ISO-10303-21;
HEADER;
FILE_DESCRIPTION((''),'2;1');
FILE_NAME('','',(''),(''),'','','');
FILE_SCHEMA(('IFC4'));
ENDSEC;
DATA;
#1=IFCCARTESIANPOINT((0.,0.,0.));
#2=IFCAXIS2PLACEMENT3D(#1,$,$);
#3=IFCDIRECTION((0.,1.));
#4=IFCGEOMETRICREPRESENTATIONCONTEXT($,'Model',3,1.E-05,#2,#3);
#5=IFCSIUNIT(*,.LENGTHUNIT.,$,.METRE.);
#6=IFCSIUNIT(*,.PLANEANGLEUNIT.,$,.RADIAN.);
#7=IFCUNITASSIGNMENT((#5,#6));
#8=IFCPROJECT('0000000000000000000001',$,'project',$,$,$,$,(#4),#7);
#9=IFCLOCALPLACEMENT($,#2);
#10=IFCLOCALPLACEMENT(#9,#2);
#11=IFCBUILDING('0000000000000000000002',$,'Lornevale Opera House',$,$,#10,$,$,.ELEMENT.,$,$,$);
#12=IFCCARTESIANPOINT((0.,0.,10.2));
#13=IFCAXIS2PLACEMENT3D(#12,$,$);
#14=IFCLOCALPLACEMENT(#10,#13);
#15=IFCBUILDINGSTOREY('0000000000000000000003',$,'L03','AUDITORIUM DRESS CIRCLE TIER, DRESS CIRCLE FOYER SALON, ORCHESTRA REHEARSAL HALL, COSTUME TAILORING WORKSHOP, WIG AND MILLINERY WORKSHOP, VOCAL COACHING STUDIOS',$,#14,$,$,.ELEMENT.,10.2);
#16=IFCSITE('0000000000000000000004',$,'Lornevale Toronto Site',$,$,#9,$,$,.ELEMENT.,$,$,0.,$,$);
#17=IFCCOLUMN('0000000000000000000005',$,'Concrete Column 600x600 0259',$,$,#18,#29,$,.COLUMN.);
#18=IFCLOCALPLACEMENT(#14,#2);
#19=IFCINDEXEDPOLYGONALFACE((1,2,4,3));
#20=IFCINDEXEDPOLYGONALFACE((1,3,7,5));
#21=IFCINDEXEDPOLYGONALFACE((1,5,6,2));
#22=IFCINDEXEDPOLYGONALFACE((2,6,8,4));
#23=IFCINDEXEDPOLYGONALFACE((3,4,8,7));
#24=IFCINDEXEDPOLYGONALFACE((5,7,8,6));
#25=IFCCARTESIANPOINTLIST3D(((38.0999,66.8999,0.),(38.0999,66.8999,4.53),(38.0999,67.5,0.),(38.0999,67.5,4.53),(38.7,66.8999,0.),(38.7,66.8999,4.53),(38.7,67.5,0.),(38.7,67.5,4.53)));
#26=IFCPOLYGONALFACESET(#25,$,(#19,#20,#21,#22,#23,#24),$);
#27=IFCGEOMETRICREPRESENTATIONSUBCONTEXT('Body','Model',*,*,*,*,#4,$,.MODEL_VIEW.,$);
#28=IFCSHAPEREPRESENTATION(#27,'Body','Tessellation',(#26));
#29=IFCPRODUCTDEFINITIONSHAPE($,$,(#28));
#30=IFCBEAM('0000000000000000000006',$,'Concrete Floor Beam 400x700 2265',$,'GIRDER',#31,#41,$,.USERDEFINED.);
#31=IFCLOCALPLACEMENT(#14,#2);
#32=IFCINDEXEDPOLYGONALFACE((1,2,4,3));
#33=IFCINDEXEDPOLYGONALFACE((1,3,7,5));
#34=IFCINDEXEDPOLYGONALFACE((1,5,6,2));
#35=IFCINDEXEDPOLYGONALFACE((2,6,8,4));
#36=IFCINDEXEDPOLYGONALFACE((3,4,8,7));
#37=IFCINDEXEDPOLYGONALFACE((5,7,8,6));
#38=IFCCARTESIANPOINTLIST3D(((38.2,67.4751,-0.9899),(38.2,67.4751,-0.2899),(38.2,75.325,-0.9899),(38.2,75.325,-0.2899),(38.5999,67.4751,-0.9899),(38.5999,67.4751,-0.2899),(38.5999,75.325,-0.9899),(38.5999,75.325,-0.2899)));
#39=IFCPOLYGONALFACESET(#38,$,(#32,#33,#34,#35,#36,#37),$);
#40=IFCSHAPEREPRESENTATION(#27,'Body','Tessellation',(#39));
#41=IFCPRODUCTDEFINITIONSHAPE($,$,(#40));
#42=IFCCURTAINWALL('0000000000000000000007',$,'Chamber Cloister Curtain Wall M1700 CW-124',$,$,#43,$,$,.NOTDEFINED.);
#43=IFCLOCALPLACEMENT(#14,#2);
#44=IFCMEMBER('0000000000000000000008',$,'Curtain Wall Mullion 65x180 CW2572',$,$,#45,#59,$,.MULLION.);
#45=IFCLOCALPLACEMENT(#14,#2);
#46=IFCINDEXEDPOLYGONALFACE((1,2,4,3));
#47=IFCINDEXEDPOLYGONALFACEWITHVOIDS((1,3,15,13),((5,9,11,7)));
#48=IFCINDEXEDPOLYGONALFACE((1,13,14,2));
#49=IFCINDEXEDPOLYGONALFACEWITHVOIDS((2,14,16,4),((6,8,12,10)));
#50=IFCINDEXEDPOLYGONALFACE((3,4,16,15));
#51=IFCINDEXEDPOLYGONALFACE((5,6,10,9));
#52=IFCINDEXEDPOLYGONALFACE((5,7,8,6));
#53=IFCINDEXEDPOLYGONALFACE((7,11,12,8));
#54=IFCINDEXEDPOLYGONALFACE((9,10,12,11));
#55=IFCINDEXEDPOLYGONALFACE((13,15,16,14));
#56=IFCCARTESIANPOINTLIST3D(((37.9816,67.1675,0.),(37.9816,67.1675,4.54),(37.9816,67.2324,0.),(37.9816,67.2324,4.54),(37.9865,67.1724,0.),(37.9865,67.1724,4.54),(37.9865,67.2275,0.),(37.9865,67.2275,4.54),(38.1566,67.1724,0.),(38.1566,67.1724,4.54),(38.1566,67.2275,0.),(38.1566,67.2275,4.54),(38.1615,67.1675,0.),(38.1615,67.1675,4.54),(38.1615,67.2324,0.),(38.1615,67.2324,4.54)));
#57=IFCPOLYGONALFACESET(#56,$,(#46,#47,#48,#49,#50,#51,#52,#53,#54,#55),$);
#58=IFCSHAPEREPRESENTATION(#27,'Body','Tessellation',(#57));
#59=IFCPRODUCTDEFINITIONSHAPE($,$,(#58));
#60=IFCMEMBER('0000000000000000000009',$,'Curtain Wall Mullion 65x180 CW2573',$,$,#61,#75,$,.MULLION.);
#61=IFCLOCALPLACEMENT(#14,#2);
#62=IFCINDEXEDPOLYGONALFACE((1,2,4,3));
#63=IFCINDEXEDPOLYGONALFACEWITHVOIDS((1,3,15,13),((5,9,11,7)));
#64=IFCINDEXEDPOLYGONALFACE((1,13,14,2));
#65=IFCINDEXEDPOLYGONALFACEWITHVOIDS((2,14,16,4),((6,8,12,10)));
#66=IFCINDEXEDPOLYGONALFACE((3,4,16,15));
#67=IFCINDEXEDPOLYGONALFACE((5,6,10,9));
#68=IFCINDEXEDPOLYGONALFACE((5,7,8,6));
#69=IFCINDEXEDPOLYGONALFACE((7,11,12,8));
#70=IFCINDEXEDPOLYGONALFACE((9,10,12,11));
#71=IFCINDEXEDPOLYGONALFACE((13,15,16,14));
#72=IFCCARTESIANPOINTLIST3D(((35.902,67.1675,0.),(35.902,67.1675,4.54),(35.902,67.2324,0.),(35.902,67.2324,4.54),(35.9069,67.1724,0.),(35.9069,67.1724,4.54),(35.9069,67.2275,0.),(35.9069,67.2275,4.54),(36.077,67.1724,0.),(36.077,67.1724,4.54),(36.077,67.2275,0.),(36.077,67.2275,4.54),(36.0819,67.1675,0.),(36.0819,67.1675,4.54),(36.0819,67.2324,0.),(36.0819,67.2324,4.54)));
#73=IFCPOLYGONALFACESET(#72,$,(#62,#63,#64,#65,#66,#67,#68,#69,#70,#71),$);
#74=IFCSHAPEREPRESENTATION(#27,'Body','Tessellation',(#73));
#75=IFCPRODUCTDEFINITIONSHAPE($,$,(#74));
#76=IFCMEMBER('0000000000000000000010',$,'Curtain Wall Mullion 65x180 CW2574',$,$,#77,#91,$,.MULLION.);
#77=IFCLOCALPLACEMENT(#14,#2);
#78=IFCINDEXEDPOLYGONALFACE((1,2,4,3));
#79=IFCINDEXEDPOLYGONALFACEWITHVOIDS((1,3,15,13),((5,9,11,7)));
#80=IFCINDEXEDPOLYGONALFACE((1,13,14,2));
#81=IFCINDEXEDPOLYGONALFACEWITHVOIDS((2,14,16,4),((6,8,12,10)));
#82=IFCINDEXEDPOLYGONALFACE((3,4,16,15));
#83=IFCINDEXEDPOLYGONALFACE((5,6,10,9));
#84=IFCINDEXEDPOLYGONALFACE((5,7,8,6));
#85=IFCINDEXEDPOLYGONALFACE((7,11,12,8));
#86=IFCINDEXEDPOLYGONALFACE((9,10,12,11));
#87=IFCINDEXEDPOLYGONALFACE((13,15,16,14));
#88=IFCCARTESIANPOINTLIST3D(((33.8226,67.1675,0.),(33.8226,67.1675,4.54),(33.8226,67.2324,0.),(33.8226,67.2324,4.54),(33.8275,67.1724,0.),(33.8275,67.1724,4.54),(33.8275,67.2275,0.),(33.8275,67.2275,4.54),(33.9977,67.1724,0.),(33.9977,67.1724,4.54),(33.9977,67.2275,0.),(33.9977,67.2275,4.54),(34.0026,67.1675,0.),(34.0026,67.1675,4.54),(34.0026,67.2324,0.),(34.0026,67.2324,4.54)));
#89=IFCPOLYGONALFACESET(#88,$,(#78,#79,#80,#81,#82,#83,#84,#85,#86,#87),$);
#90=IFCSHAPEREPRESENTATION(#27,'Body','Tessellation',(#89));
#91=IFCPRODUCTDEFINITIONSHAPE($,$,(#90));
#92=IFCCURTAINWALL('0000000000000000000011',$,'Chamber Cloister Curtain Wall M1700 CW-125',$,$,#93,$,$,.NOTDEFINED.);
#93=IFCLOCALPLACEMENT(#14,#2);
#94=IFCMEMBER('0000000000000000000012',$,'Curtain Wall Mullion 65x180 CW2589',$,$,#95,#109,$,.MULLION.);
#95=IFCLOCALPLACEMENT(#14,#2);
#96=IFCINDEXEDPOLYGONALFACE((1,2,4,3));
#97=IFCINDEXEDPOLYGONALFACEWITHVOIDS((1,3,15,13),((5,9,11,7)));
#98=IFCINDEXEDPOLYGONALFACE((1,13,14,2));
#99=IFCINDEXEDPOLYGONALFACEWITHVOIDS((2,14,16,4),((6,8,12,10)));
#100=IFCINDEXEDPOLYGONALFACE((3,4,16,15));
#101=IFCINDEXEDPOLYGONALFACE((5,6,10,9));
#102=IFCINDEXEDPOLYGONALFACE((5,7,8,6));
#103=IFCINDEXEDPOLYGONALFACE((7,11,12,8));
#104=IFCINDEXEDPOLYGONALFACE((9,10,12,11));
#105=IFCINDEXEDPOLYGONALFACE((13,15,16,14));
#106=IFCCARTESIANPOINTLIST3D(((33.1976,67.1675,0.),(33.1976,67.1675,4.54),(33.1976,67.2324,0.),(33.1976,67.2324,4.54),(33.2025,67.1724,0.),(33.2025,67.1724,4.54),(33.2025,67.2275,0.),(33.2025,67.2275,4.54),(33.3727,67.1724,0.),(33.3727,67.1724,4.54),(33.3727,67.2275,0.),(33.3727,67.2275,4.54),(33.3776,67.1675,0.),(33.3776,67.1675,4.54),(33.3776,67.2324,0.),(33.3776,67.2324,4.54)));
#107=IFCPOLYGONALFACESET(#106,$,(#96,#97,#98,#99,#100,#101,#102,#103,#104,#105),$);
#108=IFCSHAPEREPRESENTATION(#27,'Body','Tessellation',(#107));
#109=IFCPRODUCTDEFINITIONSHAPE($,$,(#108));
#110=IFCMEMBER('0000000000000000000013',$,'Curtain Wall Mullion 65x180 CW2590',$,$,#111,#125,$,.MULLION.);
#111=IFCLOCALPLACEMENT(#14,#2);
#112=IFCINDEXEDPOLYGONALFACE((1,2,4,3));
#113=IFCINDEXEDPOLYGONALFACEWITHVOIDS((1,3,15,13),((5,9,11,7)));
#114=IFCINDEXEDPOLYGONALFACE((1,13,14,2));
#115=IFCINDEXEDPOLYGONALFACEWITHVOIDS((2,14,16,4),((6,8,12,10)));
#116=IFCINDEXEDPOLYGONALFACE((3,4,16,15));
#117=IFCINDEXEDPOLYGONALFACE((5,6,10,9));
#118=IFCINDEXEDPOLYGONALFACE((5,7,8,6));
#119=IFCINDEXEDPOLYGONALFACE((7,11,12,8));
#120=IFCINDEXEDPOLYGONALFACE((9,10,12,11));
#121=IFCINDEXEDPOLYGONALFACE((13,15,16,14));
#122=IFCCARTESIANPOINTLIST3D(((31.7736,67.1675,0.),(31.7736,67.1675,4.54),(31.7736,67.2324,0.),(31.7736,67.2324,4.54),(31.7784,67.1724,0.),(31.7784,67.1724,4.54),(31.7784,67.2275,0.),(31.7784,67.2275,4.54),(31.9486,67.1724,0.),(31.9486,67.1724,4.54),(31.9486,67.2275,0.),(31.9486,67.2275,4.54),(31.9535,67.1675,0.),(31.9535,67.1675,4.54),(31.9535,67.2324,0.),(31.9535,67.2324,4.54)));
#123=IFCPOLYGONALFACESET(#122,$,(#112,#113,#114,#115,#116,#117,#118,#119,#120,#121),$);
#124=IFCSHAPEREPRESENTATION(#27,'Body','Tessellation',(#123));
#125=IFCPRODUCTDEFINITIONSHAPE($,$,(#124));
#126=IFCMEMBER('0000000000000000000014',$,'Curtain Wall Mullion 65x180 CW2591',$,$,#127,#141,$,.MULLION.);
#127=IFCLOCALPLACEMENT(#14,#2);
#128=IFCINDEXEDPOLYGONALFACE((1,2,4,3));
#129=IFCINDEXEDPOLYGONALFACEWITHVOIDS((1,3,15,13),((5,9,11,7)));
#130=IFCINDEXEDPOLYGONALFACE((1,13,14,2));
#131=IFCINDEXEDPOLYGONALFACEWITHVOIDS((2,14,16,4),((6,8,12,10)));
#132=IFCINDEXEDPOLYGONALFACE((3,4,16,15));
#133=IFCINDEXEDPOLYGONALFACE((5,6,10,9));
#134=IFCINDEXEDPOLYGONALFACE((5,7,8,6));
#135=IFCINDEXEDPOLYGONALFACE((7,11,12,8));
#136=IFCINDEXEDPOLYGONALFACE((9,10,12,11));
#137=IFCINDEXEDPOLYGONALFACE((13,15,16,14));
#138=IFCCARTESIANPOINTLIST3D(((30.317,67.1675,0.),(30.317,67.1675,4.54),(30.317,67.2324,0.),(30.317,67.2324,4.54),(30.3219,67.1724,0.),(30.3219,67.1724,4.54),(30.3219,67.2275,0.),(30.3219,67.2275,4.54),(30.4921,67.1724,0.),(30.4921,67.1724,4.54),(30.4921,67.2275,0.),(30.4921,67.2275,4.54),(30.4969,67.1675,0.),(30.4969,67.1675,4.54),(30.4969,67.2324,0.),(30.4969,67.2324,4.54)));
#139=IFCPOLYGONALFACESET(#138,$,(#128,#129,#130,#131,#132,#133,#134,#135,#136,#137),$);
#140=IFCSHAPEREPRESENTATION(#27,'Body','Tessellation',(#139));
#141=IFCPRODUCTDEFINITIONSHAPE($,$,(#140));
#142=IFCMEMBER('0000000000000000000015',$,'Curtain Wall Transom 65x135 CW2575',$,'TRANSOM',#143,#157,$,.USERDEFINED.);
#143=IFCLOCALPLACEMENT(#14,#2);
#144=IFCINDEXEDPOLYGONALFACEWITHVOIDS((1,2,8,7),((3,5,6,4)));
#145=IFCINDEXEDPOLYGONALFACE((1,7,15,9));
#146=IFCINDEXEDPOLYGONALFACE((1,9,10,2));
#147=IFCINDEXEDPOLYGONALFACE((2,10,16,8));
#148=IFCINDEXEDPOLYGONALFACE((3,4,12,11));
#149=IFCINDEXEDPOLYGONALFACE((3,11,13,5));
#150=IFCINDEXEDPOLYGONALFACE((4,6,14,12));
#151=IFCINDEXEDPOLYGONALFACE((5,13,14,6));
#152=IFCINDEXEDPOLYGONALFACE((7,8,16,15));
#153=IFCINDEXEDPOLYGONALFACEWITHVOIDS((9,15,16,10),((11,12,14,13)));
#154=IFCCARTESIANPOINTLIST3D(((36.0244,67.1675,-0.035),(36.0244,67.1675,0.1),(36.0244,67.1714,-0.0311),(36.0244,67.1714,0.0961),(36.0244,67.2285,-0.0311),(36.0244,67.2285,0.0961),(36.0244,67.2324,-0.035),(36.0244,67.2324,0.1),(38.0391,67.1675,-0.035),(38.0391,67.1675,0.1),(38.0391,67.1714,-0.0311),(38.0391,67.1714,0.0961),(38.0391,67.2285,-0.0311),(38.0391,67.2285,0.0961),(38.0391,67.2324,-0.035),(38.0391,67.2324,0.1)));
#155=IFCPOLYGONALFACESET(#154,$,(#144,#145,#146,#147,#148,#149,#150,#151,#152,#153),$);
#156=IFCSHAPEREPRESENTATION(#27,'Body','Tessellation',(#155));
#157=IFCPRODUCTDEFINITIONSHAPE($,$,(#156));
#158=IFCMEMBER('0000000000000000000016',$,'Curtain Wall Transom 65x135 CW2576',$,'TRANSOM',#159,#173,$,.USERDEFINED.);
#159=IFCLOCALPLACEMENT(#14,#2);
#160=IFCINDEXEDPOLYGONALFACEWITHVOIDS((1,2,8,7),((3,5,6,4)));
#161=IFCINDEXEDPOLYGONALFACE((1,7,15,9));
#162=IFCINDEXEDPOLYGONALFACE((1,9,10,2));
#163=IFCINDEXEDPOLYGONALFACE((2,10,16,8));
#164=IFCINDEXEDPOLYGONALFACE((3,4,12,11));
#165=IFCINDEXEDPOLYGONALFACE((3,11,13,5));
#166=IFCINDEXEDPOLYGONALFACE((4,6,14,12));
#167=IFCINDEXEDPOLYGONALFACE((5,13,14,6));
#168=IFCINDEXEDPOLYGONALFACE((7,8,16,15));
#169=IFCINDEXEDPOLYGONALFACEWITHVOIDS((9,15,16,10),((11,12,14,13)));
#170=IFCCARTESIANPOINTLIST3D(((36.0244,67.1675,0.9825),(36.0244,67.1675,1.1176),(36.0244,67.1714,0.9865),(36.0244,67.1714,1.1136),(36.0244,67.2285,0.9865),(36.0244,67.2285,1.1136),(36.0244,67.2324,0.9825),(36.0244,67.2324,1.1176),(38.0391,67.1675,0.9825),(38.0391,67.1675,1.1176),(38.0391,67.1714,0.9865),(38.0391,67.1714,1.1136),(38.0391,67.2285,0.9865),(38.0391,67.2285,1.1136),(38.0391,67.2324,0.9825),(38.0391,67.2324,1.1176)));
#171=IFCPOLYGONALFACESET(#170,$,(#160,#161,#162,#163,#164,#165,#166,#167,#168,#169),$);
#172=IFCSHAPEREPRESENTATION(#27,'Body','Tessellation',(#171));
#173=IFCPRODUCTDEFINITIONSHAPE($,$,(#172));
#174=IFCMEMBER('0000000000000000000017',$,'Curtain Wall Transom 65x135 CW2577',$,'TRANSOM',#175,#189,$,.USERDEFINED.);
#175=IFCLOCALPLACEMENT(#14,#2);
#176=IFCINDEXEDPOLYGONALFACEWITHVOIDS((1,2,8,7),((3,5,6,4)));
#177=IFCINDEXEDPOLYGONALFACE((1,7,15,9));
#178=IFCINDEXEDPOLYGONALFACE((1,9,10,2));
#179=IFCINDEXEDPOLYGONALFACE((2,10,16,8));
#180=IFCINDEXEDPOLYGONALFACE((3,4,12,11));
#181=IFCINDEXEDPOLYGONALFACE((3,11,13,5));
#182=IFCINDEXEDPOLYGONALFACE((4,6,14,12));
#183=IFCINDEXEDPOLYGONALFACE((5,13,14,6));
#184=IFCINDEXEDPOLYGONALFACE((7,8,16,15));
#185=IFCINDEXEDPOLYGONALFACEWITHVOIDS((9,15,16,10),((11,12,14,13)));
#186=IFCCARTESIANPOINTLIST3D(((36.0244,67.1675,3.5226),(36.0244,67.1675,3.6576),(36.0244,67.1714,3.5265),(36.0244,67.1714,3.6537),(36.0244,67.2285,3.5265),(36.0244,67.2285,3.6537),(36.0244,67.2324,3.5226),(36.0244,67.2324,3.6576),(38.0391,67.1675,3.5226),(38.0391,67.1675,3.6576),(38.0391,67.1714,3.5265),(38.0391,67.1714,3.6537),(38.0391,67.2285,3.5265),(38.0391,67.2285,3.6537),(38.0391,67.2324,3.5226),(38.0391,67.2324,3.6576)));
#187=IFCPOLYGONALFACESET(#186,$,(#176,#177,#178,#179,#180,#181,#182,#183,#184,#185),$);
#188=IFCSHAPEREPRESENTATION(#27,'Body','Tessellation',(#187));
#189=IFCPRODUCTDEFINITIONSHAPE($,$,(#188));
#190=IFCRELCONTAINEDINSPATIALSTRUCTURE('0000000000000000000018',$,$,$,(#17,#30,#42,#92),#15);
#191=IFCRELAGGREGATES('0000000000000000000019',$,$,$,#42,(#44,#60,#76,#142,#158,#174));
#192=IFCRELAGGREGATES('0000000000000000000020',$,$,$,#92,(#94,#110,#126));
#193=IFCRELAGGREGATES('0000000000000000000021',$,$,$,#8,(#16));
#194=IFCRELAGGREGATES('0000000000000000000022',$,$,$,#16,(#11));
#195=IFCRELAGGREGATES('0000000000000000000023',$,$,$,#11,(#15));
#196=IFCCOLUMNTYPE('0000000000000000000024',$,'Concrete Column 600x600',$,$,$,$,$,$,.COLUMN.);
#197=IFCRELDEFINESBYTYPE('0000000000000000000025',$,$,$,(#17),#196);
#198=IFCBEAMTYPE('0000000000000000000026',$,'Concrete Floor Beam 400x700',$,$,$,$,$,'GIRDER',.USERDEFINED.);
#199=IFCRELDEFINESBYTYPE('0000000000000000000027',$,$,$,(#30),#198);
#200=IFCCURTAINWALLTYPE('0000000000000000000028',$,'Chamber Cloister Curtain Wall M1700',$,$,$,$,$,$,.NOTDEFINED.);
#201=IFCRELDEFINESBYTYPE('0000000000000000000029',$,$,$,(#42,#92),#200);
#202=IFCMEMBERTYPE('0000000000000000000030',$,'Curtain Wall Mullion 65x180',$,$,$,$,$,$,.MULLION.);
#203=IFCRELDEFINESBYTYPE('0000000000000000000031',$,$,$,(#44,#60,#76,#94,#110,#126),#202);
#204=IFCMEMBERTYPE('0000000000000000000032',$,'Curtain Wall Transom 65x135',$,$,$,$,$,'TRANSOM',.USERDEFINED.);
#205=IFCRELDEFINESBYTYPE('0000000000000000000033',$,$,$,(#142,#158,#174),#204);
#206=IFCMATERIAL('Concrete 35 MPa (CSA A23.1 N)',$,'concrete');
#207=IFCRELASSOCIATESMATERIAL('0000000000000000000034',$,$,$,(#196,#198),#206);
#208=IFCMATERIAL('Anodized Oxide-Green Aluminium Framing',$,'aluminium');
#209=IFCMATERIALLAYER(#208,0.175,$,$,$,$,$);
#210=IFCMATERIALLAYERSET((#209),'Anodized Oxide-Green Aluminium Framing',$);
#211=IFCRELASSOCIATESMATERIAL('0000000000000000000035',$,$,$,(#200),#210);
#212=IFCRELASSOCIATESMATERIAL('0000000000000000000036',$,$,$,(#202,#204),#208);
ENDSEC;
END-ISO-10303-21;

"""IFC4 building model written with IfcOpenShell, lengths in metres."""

from ifc_helpers import new_model, si_unit, direction, frame, origin, origin_2d, place, context, subcontext, project, spatial, rectangle, hollow_rectangle, extrude, material, layer, layer_set, material_profile, profile_set, type_object, element, aggregate, save


model = new_model("IFC4")

# Units and contexts
model_context = context("Model", 3, precision=1e-05, world=origin(), true_north=direction((0.0, 1.0)))
body_context = subcontext(model_context, "Body", "Model", "MODEL_VIEW")
ifc_project = project(units=[si_unit("LENGTHUNIT", "METRE"), si_unit("PLANEANGLEUNIT", "RADIAN")], contexts=[model_context])

# Site, building, storey
site_placement = place(None, origin())
site = spatial("IfcSite", under=ifc_project, at=site_placement, Name="Lornevale Toronto Site", CompositionType="ELEMENT", RefElevation=0.0)
building_placement = place(site_placement, origin())
building = spatial("IfcBuilding", under=site, at=building_placement, Name="Lornevale Opera House", CompositionType="ELEMENT")
storey_placement = place(building_placement, frame((0.0, 0.0, 10.2)))
storey = spatial("IfcBuildingStorey", under=building, at=storey_placement, Name="L03", Description="AUDITORIUM DRESS CIRCLE TIER, DRESS CIRCLE FOYER SALON, ORCHESTRA REHEARSAL HALL, COSTUME TAILORING WORKSHOP, WIG AND MILLINERY WORKSHOP, VOCAL COACHING STUDIOS", CompositionType="ELEMENT", Elevation=10.2)

# Column
ifc_material_1 = material(Name="Concrete 35 MPa (CSA A23.1 N)", Category="concrete")
ifc_material_profile_1 = material_profile(ifc_material_1, rectangle(XDim=0.6001, YDim=0.6001, at=origin_2d()), Name="RC600x600")
ifc_profile_set_1 = profile_set([ifc_material_profile_1], Name="Concrete 35 MPa (CSA A23.1 N)")
column_type = type_object("IfcColumnType", Name="Concrete Column 600x600", PredefinedType="COLUMN", material=ifc_profile_set_1)
column_placement = place(storey_placement, frame((38.3999, 67.2, 0.0), z_axis=(0.0, 0.0, 1.0), x_axis=(1.0, 0.0, 0.0)))
element("IfcColumn", 1, at=column_placement, inside=storey, type_object=column_type, Name="Concrete Column 600x600 0259", PredefinedType="COLUMN", context=body_context, shape_type="SweptSolid", body=[
    extrude(rectangle(XDim=0.6001, YDim=0.6001, at=origin_2d()), origin(), (0.0, 0.0, 1.0), 4.53),
])

# Beam
ifc_material_profile_2 = material_profile(ifc_material_1, rectangle(XDim=0.3999, YDim=0.7, at=origin_2d()), Name="RC400x700")
ifc_profile_set_2 = profile_set([ifc_material_profile_2], Name="Concrete 35 MPa (CSA A23.1 N)")
beam_type = type_object("IfcBeamType", Name="Concrete Floor Beam 400x700", ElementType="GIRDER", PredefinedType="USERDEFINED", material=ifc_profile_set_2)
beam_placement = place(storey_placement, frame((38.3999, 67.4751, -0.6399), z_axis=(0.0, 1.0, 0.0), x_axis=(-1.0, 0.0, 0.0)))
element("IfcBeam", 2, at=beam_placement, inside=storey, type_object=beam_type, Name="Concrete Floor Beam 400x700 2265", ObjectType="GIRDER", PredefinedType="USERDEFINED", context=body_context, shape_type="SweptSolid", body=[
    extrude(rectangle(XDim=0.3999, YDim=0.7, at=origin_2d()), origin(), (0.0, 0.0, 1.0), 7.8499),
])

# Curtain walls, members
ifc_material_2 = material(Name="Anodized Oxide-Green Aluminium Framing", Category="aluminium")
ifc_layer_1 = layer(ifc_material_2, 0.175)
ifc_layer_set_1 = layer_set([ifc_layer_1], Name="Anodized Oxide-Green Aluminium Framing")
curtain_wall_type = type_object("IfcCurtainWallType", Name="Chamber Cloister Curtain Wall M1700", PredefinedType="NOTDEFINED", material=ifc_layer_set_1)
curtain_wall_1_placement = place(storey_placement, origin())
curtain_wall_1 = element("IfcCurtainWall", 3, at=curtain_wall_1_placement, inside=storey, type_object=curtain_wall_type, Name="Chamber Cloister Curtain Wall M1700 CW-124", PredefinedType="NOTDEFINED")
ifc_material_profile_3 = material_profile(ifc_material_2, hollow_rectangle(XDim=0.0649, YDim=0.1799, WallThickness=0.0049, at=origin_2d()), Name="ALU65x180x5")
ifc_profile_set_3 = profile_set([ifc_material_profile_3], Name="Anodized Oxide-Green Aluminium Framing")
member_type_1 = type_object("IfcMemberType", Name="Curtain Wall Mullion 65x180", PredefinedType="MULLION", material=ifc_profile_set_3)
member_1_placement = place(storey_placement, frame((38.0715, 67.2, 0.0), z_axis=(0.0, 0.0, 1.0), x_axis=(0.0, -1.0, 0.0)))
member_1 = element("IfcMember", 4, at=member_1_placement, type_object=member_type_1, Name="Curtain Wall Mullion 65x180 CW2572", PredefinedType="MULLION", context=body_context, shape_type="SweptSolid", body=[
    extrude(hollow_rectangle(XDim=0.0649, YDim=0.1799, WallThickness=0.0049, at=origin_2d()), origin(), (0.0, 0.0, 1.0), 4.54),
])
member_2_placement = place(storey_placement, frame((35.9919, 67.2, 0.0), z_axis=(0.0, 0.0, 1.0), x_axis=(0.0, -1.0, 0.0)))
member_2 = element("IfcMember", 5, at=member_2_placement, type_object=member_type_1, Name="Curtain Wall Mullion 65x180 CW2573", PredefinedType="MULLION", context=body_context, shape_type="SweptSolid", body=[
    extrude(hollow_rectangle(XDim=0.0649, YDim=0.1799, WallThickness=0.0049, at=origin_2d()), origin(), (0.0, 0.0, 1.0), 4.54),
])
member_3_placement = place(storey_placement, frame((33.9126, 67.2, 0.0), z_axis=(0.0, 0.0, 1.0), x_axis=(0.0, -1.0, 0.0)))
member_3 = element("IfcMember", 6, at=member_3_placement, type_object=member_type_1, Name="Curtain Wall Mullion 65x180 CW2574", PredefinedType="MULLION", context=body_context, shape_type="SweptSolid", body=[
    extrude(hollow_rectangle(XDim=0.0649, YDim=0.1799, WallThickness=0.0049, at=origin_2d()), origin(), (0.0, 0.0, 1.0), 4.54),
])
curtain_wall_2_placement = place(storey_placement, origin())
curtain_wall_2 = element("IfcCurtainWall", 7, at=curtain_wall_2_placement, inside=storey, type_object=curtain_wall_type, Name="Chamber Cloister Curtain Wall M1700 CW-125", PredefinedType="NOTDEFINED")
member_4_placement = place(storey_placement, frame((33.2876, 67.2, 0.0), z_axis=(0.0, 0.0, 1.0), x_axis=(0.0, -1.0, 0.0)))
member_4 = element("IfcMember", 8, at=member_4_placement, type_object=member_type_1, Name="Curtain Wall Mullion 65x180 CW2589", PredefinedType="MULLION", context=body_context, shape_type="SweptSolid", body=[
    extrude(hollow_rectangle(XDim=0.0649, YDim=0.1799, WallThickness=0.0049, at=origin_2d()), origin(), (0.0, 0.0, 1.0), 4.54),
])
member_5_placement = place(storey_placement, frame((31.8635, 67.2, 0.0), z_axis=(0.0, 0.0, 1.0), x_axis=(0.0, -1.0, 0.0)))
member_5 = element("IfcMember", 9, at=member_5_placement, type_object=member_type_1, Name="Curtain Wall Mullion 65x180 CW2590", PredefinedType="MULLION", context=body_context, shape_type="SweptSolid", body=[
    extrude(hollow_rectangle(XDim=0.0649, YDim=0.1799, WallThickness=0.0049, at=origin_2d()), origin(), (0.0, 0.0, 1.0), 4.54),
])
member_6_placement = place(storey_placement, frame((30.407, 67.2, 0.0), z_axis=(0.0, 0.0, 1.0), x_axis=(0.0, -1.0, 0.0)))
member_6 = element("IfcMember", 10, at=member_6_placement, type_object=member_type_1, Name="Curtain Wall Mullion 65x180 CW2591", PredefinedType="MULLION", context=body_context, shape_type="SweptSolid", body=[
    extrude(hollow_rectangle(XDim=0.0649, YDim=0.1799, WallThickness=0.0049, at=origin_2d()), origin(), (0.0, 0.0, 1.0), 4.54),
])

# Members
ifc_material_profile_4 = material_profile(ifc_material_2, hollow_rectangle(XDim=0.0649, YDim=0.135, WallThickness=0.0039, at=origin_2d()), Name="ALU65x135x4")
ifc_profile_set_4 = profile_set([ifc_material_profile_4], Name="Anodized Oxide-Green Aluminium Framing")
member_type_2 = type_object("IfcMemberType", Name="Curtain Wall Transom 65x135", ElementType="TRANSOM", PredefinedType="USERDEFINED", material=ifc_profile_set_4)
member_7_placement = place(storey_placement, frame((38.0391, 67.2, 0.0325), z_axis=(-1.0, 0.0, 0.0), x_axis=(0.0, -1.0, 0.0)))
member_7 = element("IfcMember", 11, at=member_7_placement, type_object=member_type_2, Name="Curtain Wall Transom 65x135 CW2575", ObjectType="TRANSOM", PredefinedType="USERDEFINED", context=body_context, shape_type="SweptSolid", body=[
    extrude(hollow_rectangle(XDim=0.0649, YDim=0.135, WallThickness=0.0039, at=origin_2d()), origin(), (0.0, 0.0, 1.0), 2.0146),
])
member_8_placement = place(storey_placement, frame((38.0391, 67.2, 1.05), z_axis=(-1.0, 0.0, 0.0), x_axis=(0.0, -1.0, 0.0)))
member_8 = element("IfcMember", 12, at=member_8_placement, type_object=member_type_2, Name="Curtain Wall Transom 65x135 CW2576", ObjectType="TRANSOM", PredefinedType="USERDEFINED", context=body_context, shape_type="SweptSolid", body=[
    extrude(hollow_rectangle(XDim=0.0649, YDim=0.135, WallThickness=0.0039, at=origin_2d()), origin(), (0.0, 0.0, 1.0), 2.0146),
])
member_9_placement = place(storey_placement, frame((38.0391, 67.2, 3.5901), z_axis=(-1.0, 0.0, 0.0), x_axis=(0.0, -1.0, 0.0)))
member_9 = element("IfcMember", 13, at=member_9_placement, type_object=member_type_2, Name="Curtain Wall Transom 65x135 CW2577", ObjectType="TRANSOM", PredefinedType="USERDEFINED", context=body_context, shape_type="SweptSolid", body=[
    extrude(hollow_rectangle(XDim=0.0649, YDim=0.135, WallThickness=0.0039, at=origin_2d()), origin(), (0.0, 0.0, 1.0), 2.0146),
])

aggregate(curtain_wall_1, [member_1, member_2, member_3, member_7, member_8, member_9])
aggregate(curtain_wall_2, [member_4, member_5, member_6])

save(model, "model.ifc")
